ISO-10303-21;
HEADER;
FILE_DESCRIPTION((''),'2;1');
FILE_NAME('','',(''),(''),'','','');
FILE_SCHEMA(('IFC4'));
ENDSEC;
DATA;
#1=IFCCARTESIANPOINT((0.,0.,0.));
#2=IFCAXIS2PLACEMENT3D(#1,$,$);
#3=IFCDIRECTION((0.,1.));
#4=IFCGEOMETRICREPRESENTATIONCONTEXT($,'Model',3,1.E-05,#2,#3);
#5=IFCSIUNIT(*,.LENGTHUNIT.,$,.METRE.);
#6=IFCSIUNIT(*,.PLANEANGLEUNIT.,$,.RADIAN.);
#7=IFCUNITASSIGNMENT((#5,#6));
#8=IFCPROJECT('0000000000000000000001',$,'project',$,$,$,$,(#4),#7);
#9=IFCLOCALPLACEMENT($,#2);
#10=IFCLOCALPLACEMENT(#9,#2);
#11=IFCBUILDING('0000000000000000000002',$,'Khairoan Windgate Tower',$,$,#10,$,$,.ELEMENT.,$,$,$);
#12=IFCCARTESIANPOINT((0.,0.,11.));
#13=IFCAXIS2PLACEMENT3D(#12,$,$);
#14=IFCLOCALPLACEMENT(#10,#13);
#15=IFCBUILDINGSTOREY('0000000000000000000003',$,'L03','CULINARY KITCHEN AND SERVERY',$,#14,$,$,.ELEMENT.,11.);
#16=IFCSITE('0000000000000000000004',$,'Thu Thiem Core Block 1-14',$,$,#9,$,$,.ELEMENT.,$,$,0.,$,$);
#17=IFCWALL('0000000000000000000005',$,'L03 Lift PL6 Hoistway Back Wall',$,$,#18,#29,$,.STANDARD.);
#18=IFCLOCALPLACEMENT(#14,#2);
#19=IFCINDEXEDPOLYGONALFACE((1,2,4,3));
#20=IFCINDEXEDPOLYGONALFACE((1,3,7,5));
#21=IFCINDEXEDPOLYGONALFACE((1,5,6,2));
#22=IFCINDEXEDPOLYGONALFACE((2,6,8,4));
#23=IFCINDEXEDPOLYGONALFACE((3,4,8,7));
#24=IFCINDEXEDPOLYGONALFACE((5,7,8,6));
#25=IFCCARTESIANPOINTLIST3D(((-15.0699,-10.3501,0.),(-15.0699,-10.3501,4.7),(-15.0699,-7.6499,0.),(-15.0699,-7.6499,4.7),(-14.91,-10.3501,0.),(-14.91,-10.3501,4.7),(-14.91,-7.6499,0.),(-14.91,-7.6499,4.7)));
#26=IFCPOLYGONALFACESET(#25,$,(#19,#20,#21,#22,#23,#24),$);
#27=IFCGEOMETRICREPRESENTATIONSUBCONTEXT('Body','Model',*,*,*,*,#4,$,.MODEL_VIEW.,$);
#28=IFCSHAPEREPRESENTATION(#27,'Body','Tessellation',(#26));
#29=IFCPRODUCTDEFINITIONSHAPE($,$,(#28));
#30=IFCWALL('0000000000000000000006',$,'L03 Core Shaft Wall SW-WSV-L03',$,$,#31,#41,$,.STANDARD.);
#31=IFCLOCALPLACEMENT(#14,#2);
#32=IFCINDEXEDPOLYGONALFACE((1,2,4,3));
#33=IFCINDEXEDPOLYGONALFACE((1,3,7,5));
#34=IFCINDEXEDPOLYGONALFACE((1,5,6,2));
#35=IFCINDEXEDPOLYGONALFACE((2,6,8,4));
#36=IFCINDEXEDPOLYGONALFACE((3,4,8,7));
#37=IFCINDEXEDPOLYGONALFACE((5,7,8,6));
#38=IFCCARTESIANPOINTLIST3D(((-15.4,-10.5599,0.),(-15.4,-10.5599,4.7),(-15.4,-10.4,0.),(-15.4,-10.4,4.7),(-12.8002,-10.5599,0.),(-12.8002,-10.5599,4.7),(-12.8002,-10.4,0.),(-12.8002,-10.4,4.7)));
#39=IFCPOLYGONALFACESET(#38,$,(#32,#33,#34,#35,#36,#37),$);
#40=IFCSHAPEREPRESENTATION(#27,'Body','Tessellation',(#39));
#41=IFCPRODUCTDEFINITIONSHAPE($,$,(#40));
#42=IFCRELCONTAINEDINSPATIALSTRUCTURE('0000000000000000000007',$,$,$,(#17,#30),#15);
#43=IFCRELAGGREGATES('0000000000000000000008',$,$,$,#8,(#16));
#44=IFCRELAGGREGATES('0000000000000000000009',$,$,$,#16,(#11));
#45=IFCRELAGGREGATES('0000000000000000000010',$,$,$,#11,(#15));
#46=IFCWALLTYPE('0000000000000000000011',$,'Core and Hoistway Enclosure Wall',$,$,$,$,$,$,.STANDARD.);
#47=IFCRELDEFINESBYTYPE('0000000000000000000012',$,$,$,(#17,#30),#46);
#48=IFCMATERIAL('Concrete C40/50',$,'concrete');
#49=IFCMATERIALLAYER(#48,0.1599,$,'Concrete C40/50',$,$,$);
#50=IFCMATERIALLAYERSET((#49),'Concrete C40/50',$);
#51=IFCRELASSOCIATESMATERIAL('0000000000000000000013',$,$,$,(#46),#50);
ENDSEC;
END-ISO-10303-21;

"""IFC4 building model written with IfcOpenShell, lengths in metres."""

from ifc_helpers import new_model, si_unit, direction, frame, frame_2d, origin, place, context, subcontext, project, spatial, rectangle, extrude, material, layer, layer_set, type_object, element, save


model = new_model("IFC4")

# Units and contexts
model_context = context("Model", 3, precision=1e-05, world=origin(), true_north=direction((0.0, 1.0)))
body_context = subcontext(model_context, "Body", "Model", "MODEL_VIEW")
ifc_project = project(units=[si_unit("LENGTHUNIT", "METRE"), si_unit("PLANEANGLEUNIT", "RADIAN")], contexts=[model_context])

# Site, building, storey
site_placement = place(None, origin())
site = spatial("IfcSite", under=ifc_project, at=site_placement, Name="Thu Thiem Core Block 1-14", CompositionType="ELEMENT", RefElevation=0.0)
building_placement = place(site_placement, origin())
building = spatial("IfcBuilding", under=site, at=building_placement, Name="Khairoan Windgate Tower", CompositionType="ELEMENT")
storey_placement = place(building_placement, frame((0.0, 0.0, 11.0)))
storey = spatial("IfcBuildingStorey", under=building, at=storey_placement, Name="L03", Description="CULINARY KITCHEN AND SERVERY", CompositionType="ELEMENT", Elevation=11.0)

# Walls
ifc_material_1 = material(Name="Concrete C40/50", Category="concrete")
ifc_layer_1 = layer(ifc_material_1, 0.1599, Name="Concrete C40/50")
ifc_layer_set_1 = layer_set([ifc_layer_1], Name="Concrete C40/50")
wall_type_1 = type_object("IfcWallType", Name="Core and Hoistway Enclosure Wall", PredefinedType="STANDARD", material=ifc_layer_set_1)
wall_1_placement = place(storey_placement, frame((-14.99, -10.3501, 0.0), z_axis=(0.0, 0.0, 1.0), x_axis=(0.0, 1.0, 0.0)))
element("IfcWall", 1, at=wall_1_placement, inside=storey, type_object=wall_type_1, Name="L03 Lift PL6 Hoistway Back Wall", PredefinedType="STANDARD", context=body_context, shape_type="SweptSolid", body=[
    extrude(rectangle(XDim=2.7002, YDim=0.1599, at=frame_2d((1.3501, 0.0))), origin(), (0.0, 0.0, 1.0), 4.7),
])
wall_2_placement = place(storey_placement, frame((-15.3999, -10.48, 0.0), z_axis=(0.0, 0.0, 1.0), x_axis=(1.0, 0.0, 0.0)))
element("IfcWall", 2, at=wall_2_placement, inside=storey, type_object=wall_type_1, Name="L03 Core Shaft Wall SW-WSV-L03", PredefinedType="STANDARD", context=body_context, shape_type="SweptSolid", body=[
    extrude(rectangle(XDim=2.5999, YDim=0.1599, at=frame_2d((1.2998, 0.0))), origin(), (0.0, 0.0, 1.0), 4.7),
])

save(model, "model.ifc")
